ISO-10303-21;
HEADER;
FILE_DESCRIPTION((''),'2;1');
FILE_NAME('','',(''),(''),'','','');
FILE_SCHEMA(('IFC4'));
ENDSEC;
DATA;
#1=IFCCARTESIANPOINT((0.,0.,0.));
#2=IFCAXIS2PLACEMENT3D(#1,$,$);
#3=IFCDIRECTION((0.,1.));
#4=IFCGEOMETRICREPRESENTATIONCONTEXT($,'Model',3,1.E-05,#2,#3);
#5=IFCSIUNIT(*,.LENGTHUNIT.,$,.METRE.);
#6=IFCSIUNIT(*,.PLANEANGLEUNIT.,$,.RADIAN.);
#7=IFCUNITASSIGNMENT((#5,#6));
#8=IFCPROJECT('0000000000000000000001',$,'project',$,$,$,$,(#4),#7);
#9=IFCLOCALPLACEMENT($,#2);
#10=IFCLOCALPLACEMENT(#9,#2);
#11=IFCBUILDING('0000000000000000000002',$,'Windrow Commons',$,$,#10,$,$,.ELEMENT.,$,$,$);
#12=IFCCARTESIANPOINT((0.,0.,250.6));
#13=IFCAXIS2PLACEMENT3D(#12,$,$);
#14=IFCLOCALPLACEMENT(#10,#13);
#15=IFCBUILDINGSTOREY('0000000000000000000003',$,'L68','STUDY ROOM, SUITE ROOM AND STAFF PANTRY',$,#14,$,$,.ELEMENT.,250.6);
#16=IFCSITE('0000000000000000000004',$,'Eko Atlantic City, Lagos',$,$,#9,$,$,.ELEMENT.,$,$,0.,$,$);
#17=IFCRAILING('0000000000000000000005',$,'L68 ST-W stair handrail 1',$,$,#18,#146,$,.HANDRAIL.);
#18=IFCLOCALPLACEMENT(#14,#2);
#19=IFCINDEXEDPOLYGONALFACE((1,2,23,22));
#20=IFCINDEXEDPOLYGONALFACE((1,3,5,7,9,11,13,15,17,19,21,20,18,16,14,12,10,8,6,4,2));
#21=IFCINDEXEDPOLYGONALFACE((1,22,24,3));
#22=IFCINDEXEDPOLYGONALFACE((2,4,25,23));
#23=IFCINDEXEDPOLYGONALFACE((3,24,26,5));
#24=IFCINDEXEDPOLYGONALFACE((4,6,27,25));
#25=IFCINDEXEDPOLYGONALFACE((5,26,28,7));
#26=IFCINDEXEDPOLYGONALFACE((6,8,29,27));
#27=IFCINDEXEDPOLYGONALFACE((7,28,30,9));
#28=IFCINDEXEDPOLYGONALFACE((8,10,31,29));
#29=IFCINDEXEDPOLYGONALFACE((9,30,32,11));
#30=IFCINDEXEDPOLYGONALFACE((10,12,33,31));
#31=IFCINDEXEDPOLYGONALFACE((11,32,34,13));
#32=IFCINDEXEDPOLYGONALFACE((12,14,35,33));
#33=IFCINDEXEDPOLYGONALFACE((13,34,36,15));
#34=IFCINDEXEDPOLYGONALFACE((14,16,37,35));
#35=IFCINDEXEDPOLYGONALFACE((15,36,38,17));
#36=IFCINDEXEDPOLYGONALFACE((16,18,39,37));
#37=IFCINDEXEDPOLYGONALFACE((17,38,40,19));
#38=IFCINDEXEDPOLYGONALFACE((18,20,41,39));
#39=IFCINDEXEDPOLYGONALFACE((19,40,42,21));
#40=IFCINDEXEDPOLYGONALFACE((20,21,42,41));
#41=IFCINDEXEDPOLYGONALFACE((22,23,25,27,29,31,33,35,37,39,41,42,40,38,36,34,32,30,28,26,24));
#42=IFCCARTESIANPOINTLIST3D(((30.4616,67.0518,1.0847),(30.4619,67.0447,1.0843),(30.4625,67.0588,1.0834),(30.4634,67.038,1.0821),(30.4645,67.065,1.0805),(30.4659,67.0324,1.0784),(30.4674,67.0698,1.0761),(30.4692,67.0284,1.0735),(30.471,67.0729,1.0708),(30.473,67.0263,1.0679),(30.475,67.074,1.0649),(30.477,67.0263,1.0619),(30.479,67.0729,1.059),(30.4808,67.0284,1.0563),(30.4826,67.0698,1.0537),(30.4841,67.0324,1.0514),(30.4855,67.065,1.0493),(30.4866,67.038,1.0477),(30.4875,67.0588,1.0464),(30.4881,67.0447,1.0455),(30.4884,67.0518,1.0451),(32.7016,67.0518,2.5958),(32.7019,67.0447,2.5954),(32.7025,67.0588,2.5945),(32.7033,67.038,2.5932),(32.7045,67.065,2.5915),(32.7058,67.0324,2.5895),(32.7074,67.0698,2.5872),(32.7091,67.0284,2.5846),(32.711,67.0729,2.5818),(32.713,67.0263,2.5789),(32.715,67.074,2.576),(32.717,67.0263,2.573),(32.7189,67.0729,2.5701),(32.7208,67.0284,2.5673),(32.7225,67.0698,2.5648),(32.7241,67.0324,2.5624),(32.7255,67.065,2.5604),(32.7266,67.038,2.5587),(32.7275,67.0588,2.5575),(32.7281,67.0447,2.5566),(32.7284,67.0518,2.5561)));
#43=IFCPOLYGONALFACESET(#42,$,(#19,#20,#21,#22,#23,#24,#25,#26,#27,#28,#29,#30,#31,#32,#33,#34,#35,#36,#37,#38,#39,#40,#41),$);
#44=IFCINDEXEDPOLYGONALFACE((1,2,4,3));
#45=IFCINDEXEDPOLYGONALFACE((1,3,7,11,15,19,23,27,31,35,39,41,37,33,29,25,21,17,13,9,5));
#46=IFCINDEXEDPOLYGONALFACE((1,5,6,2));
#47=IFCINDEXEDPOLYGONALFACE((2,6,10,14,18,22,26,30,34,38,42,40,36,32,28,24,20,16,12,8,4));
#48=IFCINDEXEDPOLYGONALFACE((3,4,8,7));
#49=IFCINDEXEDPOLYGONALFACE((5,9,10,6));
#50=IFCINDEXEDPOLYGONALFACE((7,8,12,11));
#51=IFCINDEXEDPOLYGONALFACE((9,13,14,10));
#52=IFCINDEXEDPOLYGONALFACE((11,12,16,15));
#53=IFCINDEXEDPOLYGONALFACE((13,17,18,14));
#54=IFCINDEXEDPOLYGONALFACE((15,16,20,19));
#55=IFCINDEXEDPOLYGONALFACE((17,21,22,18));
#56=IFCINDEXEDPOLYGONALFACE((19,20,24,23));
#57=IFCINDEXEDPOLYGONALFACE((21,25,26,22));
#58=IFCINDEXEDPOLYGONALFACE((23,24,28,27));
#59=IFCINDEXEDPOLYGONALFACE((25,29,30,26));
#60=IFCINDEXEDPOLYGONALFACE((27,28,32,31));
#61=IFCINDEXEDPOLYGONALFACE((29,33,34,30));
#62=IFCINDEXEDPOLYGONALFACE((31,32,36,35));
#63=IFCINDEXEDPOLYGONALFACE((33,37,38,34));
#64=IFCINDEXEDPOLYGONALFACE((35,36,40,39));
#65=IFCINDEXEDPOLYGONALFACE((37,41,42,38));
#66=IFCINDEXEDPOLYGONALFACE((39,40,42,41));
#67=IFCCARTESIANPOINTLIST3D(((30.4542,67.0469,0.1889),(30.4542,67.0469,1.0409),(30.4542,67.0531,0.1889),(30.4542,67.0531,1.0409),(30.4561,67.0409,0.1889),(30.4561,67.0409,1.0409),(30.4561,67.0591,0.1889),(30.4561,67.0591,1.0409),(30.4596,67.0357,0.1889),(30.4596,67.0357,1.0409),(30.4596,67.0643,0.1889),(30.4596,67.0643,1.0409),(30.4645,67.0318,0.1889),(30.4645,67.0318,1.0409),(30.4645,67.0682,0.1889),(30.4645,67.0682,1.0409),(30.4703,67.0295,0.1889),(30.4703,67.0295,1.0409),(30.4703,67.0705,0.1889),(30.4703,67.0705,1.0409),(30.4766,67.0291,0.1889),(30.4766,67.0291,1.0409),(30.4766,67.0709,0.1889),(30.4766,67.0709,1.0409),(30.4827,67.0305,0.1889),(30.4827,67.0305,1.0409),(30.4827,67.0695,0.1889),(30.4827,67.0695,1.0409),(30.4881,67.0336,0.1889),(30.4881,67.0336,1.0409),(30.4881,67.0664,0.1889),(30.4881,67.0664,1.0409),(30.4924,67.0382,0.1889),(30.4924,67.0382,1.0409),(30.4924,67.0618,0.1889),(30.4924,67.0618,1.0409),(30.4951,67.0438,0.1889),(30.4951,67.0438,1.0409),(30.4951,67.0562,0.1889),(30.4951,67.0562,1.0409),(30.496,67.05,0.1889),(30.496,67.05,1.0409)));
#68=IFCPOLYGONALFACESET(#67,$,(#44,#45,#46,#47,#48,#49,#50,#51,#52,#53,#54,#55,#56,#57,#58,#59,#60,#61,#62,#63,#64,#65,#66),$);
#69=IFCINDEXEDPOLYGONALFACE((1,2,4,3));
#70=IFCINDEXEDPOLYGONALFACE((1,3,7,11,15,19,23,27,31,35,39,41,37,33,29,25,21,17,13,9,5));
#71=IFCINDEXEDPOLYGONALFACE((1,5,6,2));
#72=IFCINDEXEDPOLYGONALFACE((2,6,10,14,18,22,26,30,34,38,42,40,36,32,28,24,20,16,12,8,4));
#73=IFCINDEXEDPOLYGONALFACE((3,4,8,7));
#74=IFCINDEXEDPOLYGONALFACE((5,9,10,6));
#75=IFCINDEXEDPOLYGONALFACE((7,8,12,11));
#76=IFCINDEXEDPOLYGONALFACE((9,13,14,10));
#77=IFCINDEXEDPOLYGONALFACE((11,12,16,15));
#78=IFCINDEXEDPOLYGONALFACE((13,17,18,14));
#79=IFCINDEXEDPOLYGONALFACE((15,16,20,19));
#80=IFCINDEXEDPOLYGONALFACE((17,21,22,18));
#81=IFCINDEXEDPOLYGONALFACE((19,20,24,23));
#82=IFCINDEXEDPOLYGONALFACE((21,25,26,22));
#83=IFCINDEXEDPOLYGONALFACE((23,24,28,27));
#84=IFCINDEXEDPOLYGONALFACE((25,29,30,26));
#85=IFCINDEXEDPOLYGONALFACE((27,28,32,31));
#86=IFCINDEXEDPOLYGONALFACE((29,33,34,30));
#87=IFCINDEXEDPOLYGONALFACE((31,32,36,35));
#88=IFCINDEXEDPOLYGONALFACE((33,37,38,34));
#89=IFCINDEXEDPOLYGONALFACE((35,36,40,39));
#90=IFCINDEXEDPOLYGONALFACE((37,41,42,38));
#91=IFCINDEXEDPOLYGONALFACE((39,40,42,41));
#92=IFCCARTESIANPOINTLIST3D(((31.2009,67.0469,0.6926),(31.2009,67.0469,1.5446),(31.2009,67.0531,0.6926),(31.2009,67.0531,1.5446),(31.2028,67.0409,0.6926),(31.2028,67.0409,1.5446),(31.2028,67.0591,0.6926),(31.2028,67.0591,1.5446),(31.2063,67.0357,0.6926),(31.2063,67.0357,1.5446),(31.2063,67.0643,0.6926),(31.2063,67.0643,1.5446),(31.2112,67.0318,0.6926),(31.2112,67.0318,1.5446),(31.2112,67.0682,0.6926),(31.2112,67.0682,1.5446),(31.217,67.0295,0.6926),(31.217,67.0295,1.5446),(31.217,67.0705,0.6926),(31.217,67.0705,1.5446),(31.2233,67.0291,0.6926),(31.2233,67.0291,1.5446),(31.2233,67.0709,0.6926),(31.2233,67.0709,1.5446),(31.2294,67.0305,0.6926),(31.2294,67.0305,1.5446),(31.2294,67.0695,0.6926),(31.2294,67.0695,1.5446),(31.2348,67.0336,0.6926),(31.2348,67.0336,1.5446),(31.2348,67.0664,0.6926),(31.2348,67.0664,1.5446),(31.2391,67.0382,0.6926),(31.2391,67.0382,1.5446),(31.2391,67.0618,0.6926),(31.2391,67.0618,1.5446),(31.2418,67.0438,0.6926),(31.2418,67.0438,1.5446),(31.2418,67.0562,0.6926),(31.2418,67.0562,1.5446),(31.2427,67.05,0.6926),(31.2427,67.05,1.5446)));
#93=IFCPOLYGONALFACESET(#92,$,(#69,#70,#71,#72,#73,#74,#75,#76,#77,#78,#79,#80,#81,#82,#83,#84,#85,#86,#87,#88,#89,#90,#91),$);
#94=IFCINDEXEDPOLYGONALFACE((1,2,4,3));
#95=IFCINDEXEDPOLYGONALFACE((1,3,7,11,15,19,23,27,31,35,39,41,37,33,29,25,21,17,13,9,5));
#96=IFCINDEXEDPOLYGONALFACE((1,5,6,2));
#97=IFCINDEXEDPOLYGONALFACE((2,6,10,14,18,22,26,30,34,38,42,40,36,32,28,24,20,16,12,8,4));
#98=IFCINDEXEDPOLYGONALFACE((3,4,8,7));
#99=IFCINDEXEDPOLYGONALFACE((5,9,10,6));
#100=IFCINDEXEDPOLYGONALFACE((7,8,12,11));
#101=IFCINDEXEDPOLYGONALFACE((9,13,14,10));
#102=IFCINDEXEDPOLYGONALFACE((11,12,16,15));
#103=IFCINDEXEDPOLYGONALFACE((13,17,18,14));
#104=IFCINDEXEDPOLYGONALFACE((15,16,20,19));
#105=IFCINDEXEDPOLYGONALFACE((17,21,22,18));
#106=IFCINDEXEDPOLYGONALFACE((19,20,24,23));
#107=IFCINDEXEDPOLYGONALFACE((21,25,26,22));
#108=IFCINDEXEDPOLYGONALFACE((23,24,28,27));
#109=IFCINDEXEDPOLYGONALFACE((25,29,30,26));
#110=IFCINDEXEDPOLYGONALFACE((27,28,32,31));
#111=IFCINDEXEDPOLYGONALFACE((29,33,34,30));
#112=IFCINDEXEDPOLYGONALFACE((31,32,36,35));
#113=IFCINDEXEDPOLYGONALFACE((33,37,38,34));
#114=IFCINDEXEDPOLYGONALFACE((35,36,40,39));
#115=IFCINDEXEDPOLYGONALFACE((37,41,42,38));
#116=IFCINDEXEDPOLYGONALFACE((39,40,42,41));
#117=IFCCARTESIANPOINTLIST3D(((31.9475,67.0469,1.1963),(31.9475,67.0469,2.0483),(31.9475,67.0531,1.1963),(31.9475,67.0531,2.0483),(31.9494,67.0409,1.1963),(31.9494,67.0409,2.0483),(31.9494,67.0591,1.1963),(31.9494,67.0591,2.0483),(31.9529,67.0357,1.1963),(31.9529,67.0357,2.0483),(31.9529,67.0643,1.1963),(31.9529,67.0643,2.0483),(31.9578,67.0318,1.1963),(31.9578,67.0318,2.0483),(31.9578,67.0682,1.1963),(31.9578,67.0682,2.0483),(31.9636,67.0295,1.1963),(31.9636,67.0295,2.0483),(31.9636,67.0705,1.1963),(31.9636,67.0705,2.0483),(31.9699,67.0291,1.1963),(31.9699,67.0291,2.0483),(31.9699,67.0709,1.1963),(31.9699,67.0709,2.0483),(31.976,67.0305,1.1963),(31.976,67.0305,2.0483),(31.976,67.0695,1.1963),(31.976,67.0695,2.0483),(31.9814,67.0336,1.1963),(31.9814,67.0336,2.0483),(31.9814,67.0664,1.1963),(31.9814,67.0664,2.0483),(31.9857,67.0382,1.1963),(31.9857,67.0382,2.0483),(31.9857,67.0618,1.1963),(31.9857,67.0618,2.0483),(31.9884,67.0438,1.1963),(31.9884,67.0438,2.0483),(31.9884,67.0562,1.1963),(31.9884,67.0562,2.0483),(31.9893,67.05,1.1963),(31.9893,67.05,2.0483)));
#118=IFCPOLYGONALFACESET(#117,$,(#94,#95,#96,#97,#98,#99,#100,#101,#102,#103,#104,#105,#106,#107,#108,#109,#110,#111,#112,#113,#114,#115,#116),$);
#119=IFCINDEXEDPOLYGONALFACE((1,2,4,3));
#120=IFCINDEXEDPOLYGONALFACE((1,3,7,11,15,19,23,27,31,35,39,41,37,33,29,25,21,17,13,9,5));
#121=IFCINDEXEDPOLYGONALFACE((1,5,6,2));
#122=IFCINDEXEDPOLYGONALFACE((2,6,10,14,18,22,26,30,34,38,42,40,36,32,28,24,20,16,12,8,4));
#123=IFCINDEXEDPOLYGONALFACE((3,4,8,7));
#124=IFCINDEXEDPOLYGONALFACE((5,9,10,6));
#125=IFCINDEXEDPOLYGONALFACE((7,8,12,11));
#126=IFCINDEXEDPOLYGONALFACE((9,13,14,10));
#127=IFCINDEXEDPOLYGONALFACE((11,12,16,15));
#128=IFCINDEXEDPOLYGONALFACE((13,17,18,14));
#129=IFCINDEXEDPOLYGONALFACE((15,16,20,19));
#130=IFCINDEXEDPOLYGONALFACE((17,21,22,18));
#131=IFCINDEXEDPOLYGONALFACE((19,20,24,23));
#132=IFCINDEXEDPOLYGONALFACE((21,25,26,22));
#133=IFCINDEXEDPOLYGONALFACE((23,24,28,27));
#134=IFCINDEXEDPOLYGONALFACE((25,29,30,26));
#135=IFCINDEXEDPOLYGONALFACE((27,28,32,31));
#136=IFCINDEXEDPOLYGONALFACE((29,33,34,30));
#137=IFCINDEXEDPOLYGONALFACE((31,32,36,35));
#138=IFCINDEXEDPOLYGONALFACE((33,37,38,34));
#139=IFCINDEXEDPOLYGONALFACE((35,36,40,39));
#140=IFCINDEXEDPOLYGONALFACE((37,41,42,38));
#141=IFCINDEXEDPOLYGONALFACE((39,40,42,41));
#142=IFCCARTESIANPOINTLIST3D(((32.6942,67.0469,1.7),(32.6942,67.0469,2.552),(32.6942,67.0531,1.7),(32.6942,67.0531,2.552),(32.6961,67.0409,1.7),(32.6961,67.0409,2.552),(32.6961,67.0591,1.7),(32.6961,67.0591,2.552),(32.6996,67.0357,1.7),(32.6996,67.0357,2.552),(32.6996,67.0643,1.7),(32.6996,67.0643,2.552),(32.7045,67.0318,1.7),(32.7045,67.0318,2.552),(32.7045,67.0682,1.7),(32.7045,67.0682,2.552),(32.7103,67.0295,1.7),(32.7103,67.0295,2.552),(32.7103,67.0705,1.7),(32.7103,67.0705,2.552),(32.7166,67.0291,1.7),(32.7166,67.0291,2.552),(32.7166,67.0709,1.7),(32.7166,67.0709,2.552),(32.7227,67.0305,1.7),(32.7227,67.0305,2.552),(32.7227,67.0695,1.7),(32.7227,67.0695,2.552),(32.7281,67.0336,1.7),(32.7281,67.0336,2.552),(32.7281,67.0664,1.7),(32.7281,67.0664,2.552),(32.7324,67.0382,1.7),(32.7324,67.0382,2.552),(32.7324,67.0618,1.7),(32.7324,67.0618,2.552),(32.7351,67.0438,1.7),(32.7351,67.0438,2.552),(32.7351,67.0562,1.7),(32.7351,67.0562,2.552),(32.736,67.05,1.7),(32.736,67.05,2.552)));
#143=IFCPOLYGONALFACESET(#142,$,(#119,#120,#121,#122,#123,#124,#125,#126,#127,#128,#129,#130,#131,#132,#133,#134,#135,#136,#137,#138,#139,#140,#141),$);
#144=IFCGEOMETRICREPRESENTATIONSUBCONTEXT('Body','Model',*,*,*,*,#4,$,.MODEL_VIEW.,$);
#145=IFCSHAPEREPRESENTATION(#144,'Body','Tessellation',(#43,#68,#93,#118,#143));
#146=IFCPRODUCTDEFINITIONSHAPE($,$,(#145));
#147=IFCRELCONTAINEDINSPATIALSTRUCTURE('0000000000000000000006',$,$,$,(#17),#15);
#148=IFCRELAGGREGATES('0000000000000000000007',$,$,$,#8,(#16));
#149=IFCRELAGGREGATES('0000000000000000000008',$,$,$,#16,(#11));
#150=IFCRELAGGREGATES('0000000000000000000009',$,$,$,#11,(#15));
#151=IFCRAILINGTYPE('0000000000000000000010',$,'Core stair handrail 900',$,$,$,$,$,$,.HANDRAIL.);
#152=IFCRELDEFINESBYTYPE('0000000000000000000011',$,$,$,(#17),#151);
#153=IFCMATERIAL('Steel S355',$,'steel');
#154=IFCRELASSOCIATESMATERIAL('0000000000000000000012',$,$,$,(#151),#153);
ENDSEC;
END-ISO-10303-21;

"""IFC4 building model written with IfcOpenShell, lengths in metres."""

from ifc_helpers import new_model, si_unit, direction, frame, origin, origin_2d, place, context, subcontext, project, spatial, circle, extrude, material, type_object, element, save


model = new_model("IFC4")

# Units and contexts
model_context = context("Model", 3, precision=1e-05, world=origin(), true_north=direction((0.0, 1.0)))
body_context = subcontext(model_context, "Body", "Model", "MODEL_VIEW")
ifc_project = project(units=[si_unit("LENGTHUNIT", "METRE"), si_unit("PLANEANGLEUNIT", "RADIAN")], contexts=[model_context])

# Site, building, storey
site_placement = place(None, origin())
site = spatial("IfcSite", under=ifc_project, at=site_placement, Name="Eko Atlantic City, Lagos", CompositionType="ELEMENT", RefElevation=0.0)
building_placement = place(site_placement, origin())
building = spatial("IfcBuilding", under=site, at=building_placement, Name="Windrow Commons", CompositionType="ELEMENT")
storey_placement = place(building_placement, frame((0.0, 0.0, 250.6)))
storey = spatial("IfcBuildingStorey", under=building, at=storey_placement, Name="L68", Description="STUDY ROOM, SUITE ROOM AND STAFF PANTRY", CompositionType="ELEMENT", Elevation=250.6)

# Railing
ifc_material_1 = material(Name="Steel S355", Category="steel")
railing_type_1 = type_object("IfcRailingType", Name="Core stair handrail 900", PredefinedType="HANDRAIL", material=ifc_material_1)
railing_1_placement = place(storey_placement, frame((30.475, 67.05, 0.1889)))
element("IfcRailing", 1, at=railing_1_placement, inside=storey, type_object=railing_type_1, Name="L68 ST-W stair handrail 1", PredefinedType="HANDRAIL", context=body_context, shape_type="SweptSolid", body=[
    extrude(circle(Radius=0.024, at=origin_2d()), frame((0.0, 0.0, 0.876), z_axis=(0.829003, 0.0, 0.559244), x_axis=(0.0, 1.0, 0.0)), (0.0, 0.0, 1.0), 2.702),
    extrude(circle(Radius=0.021, at=origin_2d()), origin(), (0.0, 0.0, 1.0), 0.852),
    extrude(circle(Radius=0.021, at=origin_2d()), frame((0.7467, 0.0, 0.5037)), (0.0, 0.0, 1.0), 0.852),
    extrude(circle(Radius=0.021, at=origin_2d()), frame((1.4933, 0.0, 1.0074)), (0.0, 0.0, 1.0), 0.852),
    extrude(circle(Radius=0.021, at=origin_2d()), frame((2.24, 0.0, 1.5111)), (0.0, 0.0, 1.0), 0.852),
])

save(model, "model.ifc")
